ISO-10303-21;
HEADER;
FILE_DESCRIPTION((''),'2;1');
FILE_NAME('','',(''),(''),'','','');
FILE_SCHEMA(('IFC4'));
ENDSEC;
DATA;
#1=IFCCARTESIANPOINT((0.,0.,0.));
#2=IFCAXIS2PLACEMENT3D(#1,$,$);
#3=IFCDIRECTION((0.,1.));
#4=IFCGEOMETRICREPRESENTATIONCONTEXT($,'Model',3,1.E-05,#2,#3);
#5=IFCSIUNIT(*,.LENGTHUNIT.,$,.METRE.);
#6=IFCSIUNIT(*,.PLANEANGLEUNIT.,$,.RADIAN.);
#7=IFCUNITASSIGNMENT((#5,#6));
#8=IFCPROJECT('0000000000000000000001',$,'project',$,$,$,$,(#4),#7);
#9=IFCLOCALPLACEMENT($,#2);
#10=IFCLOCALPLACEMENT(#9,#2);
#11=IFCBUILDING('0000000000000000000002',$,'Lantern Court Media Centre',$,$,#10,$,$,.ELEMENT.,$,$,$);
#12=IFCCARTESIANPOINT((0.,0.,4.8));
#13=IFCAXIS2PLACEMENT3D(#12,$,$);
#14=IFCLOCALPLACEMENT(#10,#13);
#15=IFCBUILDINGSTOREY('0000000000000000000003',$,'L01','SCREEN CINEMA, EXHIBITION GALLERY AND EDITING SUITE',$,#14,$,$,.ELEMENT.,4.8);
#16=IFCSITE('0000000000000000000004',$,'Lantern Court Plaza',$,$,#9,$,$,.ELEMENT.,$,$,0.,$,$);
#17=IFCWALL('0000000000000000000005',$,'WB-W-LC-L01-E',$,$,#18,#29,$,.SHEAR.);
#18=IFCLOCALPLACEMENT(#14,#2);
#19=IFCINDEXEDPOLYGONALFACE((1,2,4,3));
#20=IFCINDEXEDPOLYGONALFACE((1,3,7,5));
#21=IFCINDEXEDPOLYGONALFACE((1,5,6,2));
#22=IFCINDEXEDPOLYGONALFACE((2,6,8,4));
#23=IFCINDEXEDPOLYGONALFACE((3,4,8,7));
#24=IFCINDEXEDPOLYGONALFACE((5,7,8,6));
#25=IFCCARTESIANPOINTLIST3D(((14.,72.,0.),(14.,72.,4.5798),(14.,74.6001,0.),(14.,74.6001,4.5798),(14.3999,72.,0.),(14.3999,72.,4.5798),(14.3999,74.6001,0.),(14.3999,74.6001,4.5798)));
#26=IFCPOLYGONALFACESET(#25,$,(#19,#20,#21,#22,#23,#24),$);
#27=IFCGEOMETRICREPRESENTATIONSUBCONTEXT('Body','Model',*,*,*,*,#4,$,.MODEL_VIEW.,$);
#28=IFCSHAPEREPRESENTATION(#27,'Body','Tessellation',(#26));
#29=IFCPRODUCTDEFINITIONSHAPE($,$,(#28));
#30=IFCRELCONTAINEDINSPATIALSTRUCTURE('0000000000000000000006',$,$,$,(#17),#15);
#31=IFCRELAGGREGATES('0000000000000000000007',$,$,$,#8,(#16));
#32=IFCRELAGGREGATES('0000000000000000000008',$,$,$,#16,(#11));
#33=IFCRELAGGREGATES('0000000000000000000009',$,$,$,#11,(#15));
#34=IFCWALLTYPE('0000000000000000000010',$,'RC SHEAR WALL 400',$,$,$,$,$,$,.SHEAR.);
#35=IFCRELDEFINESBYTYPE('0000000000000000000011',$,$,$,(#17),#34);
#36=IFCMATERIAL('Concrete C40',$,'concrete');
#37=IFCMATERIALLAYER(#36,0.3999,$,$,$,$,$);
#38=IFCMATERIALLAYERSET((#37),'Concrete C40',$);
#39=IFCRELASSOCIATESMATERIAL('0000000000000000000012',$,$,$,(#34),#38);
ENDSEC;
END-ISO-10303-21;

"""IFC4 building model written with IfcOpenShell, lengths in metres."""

from ifc_helpers import new_model, si_unit, direction, frame, frame_2d, origin, place, context, subcontext, project, spatial, rectangle, extrude, material, layer, layer_set, type_object, element, save


model = new_model("IFC4")

# Units and contexts
model_context = context("Model", 3, precision=1e-05, world=origin(), true_north=direction((0.0, 1.0)))
body_context = subcontext(model_context, "Body", "Model", "MODEL_VIEW")
ifc_project = project(units=[si_unit("LENGTHUNIT", "METRE"), si_unit("PLANEANGLEUNIT", "RADIAN")], contexts=[model_context])

# Site, building, storey
site_placement = place(None, origin())
site = spatial("IfcSite", under=ifc_project, at=site_placement, Name="Lantern Court Plaza", CompositionType="ELEMENT", RefElevation=0.0)
building_placement = place(site_placement, origin())
building = spatial("IfcBuilding", under=site, at=building_placement, Name="Lantern Court Media Centre", CompositionType="ELEMENT")
storey_placement = place(building_placement, frame((0.0, 0.0, 4.8)))
storey = spatial("IfcBuildingStorey", under=building, at=storey_placement, Name="L01", Description="SCREEN CINEMA, EXHIBITION GALLERY AND EDITING SUITE", CompositionType="ELEMENT", Elevation=4.8)

# Shared definitions
ifc_material_1 = material(Name="Concrete C40", Category="concrete")
ifc_layer_1 = layer(ifc_material_1, 0.3999)
ifc_layer_set_1 = layer_set([ifc_layer_1], Name="Concrete C40")
wall_type_1 = type_object("IfcWallType", Name="RC SHEAR WALL 400", PredefinedType="SHEAR", material=ifc_layer_set_1)

# Wall
for number, where, z_axis, x_axis, name in (
    (1, (14.2, 72.0, 0.0), (0.0, 0.0, 1.0), (0.0, 1.0, 0.0), "WB-W-LC-L01-E"),
):
    element("IfcWall", number, at=place(storey_placement, frame(where, z_axis=z_axis, x_axis=x_axis)), inside=storey, type_object=wall_type_1, Name=name, PredefinedType="SHEAR", context=body_context, shape_type="SweptSolid", body=[
        extrude(rectangle(XDim=2.6001, YDim=0.3999, at=frame_2d((1.3, 0.0))), origin(), (0.0, 0.0, 1.0), 4.5798),
    ])

save(model, "model.ifc")
